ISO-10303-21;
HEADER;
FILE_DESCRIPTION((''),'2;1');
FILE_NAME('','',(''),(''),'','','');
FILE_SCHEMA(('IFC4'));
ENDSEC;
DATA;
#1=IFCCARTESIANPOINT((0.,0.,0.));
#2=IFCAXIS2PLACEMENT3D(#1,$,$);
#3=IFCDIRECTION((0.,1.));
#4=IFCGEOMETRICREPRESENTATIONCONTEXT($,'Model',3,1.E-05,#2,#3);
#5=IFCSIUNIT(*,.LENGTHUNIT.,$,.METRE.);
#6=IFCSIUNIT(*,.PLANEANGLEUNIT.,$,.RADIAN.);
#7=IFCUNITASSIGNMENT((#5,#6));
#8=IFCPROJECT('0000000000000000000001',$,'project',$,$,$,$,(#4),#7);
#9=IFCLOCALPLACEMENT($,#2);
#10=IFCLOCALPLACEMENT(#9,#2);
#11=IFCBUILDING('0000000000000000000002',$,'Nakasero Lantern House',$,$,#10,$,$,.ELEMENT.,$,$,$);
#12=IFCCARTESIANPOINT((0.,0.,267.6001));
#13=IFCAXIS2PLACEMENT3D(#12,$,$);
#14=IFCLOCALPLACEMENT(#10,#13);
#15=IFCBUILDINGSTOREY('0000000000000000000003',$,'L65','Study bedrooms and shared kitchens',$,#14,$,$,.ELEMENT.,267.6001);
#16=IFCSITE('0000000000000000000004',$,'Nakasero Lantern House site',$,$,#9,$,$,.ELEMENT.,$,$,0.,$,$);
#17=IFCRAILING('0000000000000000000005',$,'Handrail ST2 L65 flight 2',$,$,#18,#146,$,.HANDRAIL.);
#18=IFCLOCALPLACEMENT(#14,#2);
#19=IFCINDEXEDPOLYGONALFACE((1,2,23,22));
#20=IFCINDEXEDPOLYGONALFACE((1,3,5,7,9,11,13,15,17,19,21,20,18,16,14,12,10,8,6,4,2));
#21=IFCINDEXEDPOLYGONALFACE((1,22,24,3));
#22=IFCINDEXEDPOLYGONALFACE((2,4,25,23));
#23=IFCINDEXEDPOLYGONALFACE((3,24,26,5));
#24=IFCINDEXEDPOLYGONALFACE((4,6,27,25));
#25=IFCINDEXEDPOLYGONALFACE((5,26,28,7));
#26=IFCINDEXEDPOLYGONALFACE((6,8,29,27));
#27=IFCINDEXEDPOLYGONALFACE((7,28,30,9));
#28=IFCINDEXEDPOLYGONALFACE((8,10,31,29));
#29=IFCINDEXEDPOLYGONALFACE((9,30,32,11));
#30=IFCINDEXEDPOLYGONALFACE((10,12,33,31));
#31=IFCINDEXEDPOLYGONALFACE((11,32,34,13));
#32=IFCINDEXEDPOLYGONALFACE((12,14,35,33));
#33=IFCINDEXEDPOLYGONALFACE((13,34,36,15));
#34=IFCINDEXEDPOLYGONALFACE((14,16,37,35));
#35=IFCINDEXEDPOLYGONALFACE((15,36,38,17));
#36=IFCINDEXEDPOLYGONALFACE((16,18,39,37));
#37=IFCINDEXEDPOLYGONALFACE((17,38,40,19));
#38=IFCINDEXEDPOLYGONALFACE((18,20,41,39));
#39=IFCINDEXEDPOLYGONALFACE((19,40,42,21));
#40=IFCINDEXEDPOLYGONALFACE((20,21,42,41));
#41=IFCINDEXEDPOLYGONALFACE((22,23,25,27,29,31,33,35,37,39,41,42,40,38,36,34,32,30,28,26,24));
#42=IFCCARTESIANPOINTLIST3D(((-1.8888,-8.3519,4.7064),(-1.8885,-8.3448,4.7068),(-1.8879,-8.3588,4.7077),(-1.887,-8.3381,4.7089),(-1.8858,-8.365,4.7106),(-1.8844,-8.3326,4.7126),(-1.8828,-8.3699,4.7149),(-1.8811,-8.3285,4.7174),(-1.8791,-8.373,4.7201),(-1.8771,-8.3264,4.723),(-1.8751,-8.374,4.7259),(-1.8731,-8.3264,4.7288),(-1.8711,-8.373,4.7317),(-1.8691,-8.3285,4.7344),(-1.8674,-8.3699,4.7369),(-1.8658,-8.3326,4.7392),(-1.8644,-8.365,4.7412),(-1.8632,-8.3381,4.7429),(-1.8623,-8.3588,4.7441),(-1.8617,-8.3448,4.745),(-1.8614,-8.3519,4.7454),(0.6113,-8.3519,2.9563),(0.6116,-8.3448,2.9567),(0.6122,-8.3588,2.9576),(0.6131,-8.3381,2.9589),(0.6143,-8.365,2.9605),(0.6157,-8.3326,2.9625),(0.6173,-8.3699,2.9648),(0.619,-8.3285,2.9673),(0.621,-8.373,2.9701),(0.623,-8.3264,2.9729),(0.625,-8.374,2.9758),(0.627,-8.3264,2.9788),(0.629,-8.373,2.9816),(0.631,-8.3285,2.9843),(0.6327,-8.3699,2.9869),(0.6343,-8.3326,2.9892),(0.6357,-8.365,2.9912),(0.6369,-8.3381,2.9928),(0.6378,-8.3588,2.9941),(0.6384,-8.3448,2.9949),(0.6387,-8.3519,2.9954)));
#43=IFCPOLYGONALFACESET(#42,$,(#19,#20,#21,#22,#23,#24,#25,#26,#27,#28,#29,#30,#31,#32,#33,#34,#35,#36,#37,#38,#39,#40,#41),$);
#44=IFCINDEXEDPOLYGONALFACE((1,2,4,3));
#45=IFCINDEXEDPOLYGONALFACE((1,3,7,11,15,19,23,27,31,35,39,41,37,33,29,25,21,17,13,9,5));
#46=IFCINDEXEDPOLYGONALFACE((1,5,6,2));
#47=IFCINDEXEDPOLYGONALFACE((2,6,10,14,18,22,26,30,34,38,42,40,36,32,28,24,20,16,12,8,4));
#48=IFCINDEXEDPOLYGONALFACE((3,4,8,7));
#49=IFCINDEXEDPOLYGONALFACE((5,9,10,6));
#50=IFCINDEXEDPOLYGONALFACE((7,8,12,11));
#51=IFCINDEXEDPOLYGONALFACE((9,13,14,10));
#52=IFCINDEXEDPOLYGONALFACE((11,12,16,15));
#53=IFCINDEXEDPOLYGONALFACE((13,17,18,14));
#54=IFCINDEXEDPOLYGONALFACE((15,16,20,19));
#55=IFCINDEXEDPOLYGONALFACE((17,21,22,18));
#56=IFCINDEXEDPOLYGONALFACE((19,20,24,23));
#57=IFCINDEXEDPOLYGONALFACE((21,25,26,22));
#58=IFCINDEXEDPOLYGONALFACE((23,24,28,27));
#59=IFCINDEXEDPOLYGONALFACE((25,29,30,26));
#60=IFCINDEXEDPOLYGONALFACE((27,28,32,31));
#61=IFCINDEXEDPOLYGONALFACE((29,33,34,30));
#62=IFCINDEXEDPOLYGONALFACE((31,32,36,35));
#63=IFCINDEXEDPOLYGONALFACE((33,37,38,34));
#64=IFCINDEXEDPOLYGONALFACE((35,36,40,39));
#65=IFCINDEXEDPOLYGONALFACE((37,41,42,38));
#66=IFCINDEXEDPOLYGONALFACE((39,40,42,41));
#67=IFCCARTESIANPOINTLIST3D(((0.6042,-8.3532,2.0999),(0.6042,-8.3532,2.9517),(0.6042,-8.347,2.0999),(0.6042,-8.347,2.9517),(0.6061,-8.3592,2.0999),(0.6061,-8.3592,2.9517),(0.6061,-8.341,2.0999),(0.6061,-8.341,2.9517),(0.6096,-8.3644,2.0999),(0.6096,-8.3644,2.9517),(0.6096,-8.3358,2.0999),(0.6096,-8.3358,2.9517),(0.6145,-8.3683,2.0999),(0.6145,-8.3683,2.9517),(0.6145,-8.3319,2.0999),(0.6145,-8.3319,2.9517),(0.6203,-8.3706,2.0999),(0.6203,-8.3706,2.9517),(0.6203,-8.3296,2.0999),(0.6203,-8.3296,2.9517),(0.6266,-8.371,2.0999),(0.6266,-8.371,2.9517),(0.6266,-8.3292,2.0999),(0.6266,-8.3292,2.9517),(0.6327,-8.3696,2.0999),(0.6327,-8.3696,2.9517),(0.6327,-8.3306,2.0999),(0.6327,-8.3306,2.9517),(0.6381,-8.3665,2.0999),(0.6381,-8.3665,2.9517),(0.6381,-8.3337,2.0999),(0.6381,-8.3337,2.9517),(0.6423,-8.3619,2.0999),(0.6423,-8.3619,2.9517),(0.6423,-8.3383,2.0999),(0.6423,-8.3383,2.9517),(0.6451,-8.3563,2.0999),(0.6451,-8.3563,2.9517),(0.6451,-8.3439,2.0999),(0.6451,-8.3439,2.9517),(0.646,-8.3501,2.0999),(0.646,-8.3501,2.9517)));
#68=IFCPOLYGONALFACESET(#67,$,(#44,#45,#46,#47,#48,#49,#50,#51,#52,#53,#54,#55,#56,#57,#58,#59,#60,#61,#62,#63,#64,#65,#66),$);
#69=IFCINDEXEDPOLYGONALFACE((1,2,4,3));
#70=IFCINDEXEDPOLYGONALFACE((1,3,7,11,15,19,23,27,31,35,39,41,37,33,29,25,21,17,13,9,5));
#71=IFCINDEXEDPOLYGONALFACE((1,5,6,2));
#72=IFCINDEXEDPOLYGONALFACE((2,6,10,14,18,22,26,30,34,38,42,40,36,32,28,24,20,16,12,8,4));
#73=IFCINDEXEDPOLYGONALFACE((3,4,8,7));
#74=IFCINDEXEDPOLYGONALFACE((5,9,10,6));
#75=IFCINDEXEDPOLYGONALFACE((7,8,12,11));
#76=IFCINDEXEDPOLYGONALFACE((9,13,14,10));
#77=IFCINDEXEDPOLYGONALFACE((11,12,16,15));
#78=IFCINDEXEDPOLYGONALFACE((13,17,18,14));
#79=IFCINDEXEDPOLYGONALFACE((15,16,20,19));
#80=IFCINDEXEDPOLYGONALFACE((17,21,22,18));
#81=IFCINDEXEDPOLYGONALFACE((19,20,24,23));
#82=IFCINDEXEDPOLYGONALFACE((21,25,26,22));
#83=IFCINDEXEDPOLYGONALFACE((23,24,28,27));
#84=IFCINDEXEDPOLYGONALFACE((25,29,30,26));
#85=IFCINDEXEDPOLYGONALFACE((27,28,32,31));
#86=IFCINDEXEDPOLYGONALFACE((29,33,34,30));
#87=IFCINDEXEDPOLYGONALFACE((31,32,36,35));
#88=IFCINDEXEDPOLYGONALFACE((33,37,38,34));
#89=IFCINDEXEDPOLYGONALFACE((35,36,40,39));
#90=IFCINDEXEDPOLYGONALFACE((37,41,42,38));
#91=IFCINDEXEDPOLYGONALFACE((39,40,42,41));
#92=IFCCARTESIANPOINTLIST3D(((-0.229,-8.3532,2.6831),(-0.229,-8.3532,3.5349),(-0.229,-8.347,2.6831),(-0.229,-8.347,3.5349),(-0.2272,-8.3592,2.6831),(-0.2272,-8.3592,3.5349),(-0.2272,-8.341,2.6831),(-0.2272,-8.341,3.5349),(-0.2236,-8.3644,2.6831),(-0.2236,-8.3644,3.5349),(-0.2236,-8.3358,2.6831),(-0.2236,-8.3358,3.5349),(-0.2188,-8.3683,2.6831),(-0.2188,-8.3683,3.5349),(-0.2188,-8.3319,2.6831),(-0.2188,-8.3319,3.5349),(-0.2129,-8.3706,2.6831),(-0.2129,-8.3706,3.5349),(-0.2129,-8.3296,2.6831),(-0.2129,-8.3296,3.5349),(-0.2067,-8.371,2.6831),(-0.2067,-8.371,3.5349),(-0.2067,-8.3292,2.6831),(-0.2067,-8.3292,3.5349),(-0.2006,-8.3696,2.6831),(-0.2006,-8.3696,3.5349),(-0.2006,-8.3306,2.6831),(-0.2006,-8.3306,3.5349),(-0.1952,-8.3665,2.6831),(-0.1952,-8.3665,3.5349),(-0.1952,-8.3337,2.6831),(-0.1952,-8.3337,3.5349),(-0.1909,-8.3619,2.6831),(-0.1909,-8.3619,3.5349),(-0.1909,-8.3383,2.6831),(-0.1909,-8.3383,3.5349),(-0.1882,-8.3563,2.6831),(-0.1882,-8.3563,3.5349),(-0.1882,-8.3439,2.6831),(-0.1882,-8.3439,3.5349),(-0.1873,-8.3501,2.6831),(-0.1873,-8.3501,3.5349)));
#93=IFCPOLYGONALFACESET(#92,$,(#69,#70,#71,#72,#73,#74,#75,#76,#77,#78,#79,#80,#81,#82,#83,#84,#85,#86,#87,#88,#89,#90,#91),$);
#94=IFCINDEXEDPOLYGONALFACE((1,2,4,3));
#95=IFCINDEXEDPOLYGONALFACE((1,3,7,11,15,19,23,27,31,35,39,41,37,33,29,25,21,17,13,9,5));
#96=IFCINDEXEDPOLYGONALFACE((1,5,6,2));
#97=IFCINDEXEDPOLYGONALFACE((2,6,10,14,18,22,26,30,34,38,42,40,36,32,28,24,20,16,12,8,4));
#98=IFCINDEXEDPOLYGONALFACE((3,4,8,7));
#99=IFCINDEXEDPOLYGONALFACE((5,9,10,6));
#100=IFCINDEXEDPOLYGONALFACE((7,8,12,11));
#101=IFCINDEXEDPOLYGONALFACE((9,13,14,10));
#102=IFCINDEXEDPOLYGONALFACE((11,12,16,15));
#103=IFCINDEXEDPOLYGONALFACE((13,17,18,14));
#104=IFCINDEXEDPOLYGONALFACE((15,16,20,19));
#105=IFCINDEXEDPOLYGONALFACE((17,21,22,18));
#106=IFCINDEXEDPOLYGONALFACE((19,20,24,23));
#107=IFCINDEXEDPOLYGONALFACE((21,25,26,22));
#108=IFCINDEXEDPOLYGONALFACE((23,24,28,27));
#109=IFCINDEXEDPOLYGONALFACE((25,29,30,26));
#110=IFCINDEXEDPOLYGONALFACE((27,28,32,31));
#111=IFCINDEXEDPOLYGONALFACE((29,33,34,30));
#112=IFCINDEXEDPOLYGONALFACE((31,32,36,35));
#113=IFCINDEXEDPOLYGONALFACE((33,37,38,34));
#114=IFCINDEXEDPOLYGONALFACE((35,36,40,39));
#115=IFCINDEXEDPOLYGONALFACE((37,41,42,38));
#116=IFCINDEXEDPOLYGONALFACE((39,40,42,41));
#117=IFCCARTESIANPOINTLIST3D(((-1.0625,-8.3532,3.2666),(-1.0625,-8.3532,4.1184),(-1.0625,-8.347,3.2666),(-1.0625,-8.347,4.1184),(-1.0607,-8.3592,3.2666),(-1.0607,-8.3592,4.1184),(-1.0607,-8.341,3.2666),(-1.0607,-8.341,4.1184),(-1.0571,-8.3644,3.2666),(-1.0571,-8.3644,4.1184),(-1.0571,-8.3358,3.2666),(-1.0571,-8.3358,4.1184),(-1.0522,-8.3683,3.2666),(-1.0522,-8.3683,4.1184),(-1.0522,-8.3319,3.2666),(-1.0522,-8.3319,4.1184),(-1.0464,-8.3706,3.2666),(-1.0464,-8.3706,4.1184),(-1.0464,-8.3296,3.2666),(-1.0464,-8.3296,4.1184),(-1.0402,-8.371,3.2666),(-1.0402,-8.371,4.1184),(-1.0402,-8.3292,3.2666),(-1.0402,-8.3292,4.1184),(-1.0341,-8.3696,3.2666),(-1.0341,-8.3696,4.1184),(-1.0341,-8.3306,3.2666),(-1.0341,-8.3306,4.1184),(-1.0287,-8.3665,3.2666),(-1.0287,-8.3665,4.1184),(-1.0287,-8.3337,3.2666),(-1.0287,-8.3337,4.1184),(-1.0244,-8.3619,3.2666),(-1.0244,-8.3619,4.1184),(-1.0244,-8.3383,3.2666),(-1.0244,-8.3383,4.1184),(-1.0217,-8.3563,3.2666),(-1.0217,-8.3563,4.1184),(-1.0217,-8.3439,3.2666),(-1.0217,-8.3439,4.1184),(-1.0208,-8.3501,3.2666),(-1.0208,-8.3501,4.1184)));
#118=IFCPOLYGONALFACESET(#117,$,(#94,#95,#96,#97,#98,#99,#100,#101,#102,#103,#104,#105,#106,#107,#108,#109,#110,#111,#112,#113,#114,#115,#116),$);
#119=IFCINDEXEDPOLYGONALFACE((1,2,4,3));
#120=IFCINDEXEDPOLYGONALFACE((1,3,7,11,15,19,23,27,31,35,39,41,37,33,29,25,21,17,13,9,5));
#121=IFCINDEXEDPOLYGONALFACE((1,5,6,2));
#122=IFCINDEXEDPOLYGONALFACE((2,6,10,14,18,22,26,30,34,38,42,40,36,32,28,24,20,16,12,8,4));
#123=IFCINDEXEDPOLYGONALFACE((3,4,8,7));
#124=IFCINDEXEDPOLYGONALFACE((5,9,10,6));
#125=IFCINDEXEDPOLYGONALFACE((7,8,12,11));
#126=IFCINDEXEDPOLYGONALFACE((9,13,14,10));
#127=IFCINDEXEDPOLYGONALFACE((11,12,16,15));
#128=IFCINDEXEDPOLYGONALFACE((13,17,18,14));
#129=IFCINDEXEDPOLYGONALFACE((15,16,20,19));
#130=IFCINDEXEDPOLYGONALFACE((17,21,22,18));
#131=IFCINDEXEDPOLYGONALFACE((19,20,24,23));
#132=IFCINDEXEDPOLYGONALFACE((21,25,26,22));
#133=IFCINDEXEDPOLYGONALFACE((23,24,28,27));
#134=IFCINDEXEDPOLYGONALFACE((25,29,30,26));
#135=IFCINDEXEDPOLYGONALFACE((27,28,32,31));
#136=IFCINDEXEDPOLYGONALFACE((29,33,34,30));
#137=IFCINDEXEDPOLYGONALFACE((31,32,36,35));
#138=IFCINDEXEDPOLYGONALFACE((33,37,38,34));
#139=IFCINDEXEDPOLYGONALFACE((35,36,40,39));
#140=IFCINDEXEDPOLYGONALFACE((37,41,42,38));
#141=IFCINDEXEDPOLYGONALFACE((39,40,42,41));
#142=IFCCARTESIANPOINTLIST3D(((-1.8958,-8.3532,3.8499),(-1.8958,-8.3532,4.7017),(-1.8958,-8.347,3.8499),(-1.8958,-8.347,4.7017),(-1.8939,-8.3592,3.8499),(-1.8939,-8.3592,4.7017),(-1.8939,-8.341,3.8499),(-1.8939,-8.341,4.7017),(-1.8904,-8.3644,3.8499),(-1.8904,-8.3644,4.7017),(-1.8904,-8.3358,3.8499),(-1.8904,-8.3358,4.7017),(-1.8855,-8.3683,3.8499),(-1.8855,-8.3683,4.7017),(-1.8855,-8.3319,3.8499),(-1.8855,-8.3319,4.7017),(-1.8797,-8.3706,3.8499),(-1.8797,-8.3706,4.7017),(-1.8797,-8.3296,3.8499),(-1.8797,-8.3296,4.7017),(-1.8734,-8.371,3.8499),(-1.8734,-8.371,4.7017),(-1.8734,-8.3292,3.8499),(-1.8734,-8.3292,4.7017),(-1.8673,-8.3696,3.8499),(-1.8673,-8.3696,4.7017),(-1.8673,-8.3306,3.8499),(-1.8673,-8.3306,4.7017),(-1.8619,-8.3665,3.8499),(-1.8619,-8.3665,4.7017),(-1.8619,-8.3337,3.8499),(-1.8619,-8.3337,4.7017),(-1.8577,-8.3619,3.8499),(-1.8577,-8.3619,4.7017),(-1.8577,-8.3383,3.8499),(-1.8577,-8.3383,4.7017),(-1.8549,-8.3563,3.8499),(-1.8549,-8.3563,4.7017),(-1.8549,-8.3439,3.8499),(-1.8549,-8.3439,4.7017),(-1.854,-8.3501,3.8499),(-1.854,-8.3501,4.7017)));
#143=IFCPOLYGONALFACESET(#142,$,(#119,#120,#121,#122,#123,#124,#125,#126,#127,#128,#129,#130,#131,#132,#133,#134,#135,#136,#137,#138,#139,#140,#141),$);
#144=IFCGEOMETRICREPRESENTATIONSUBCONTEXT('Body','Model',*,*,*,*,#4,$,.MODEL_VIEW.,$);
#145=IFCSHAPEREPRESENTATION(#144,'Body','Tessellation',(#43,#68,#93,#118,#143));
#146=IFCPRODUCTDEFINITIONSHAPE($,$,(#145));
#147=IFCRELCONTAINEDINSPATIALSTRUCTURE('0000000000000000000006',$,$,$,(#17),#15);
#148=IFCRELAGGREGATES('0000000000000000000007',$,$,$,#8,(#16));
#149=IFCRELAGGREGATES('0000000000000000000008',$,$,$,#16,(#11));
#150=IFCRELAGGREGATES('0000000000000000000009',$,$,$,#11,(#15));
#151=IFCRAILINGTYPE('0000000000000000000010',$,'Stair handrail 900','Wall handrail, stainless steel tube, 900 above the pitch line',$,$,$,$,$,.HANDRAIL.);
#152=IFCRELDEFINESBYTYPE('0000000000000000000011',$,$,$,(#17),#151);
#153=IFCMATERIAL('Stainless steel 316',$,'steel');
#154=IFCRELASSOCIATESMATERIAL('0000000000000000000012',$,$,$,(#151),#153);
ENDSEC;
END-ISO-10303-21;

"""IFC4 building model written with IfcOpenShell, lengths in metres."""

from ifc_helpers import new_model, si_unit, direction, frame, origin, origin_2d, place, context, subcontext, project, spatial, circle, extrude, material, type_object, element, save


model = new_model("IFC4")

# Units and contexts
model_context = context("Model", 3, precision=1e-05, world=origin(), true_north=direction((0.0, 1.0)))
body_context = subcontext(model_context, "Body", "Model", "MODEL_VIEW")
ifc_project = project(units=[si_unit("LENGTHUNIT", "METRE"), si_unit("PLANEANGLEUNIT", "RADIAN")], contexts=[model_context])

# Site, building, storey
site_placement = place(None, origin())
site = spatial("IfcSite", under=ifc_project, at=site_placement, Name="Nakasero Lantern House site", CompositionType="ELEMENT", RefElevation=0.0)
building_placement = place(site_placement, origin())
building = spatial("IfcBuilding", under=site, at=building_placement, Name="Nakasero Lantern House", CompositionType="ELEMENT")
storey_placement = place(building_placement, frame((0.0, 0.0, 267.6001)))
storey = spatial("IfcBuildingStorey", under=building, at=storey_placement, Name="L65", Description="Study bedrooms and shared kitchens", CompositionType="ELEMENT", Elevation=267.6001)

# Railing
ifc_material_1 = material(Name="Stainless steel 316", Category="steel")
railing_type = type_object("IfcRailingType", Name="Stair handrail 900", Description="Wall handrail, stainless steel tube, 900 above the pitch line", PredefinedType="HANDRAIL", material=ifc_material_1)
railing_placement = place(storey_placement, frame((0.625, -8.3501, 2.0999)))
element("IfcRailing", 1, at=railing_placement, inside=storey, type_object=railing_type, Name="Handrail ST2 L65 flight 2", PredefinedType="HANDRAIL", context=body_context, shape_type="SweptSolid", body=[
    extrude(circle(Radius=0.0239, at=origin_2d()), frame((0.0, 0.0, 0.876), z_axis=(-0.819232, 0.0, 0.573462), x_axis=(0.0, -1.0, 0.0)), (0.0, 0.0, 1.0), 3.0518),
    extrude(circle(Radius=0.021, at=origin_2d()), origin(), (0.0, 0.0, 1.0), 0.8518),
    extrude(circle(Radius=0.021, at=origin_2d()), frame((-0.8333, 0.0, 0.5833)), (0.0, 0.0, 1.0), 0.8518),
    extrude(circle(Radius=0.021, at=origin_2d()), frame((-1.6667, 0.0, 1.1667)), (0.0, 0.0, 1.0), 0.8518),
    extrude(circle(Radius=0.021, at=origin_2d()), frame((-2.5, 0.0, 1.75)), (0.0, 0.0, 1.0), 0.8518),
])

save(model, "model.ifc")
